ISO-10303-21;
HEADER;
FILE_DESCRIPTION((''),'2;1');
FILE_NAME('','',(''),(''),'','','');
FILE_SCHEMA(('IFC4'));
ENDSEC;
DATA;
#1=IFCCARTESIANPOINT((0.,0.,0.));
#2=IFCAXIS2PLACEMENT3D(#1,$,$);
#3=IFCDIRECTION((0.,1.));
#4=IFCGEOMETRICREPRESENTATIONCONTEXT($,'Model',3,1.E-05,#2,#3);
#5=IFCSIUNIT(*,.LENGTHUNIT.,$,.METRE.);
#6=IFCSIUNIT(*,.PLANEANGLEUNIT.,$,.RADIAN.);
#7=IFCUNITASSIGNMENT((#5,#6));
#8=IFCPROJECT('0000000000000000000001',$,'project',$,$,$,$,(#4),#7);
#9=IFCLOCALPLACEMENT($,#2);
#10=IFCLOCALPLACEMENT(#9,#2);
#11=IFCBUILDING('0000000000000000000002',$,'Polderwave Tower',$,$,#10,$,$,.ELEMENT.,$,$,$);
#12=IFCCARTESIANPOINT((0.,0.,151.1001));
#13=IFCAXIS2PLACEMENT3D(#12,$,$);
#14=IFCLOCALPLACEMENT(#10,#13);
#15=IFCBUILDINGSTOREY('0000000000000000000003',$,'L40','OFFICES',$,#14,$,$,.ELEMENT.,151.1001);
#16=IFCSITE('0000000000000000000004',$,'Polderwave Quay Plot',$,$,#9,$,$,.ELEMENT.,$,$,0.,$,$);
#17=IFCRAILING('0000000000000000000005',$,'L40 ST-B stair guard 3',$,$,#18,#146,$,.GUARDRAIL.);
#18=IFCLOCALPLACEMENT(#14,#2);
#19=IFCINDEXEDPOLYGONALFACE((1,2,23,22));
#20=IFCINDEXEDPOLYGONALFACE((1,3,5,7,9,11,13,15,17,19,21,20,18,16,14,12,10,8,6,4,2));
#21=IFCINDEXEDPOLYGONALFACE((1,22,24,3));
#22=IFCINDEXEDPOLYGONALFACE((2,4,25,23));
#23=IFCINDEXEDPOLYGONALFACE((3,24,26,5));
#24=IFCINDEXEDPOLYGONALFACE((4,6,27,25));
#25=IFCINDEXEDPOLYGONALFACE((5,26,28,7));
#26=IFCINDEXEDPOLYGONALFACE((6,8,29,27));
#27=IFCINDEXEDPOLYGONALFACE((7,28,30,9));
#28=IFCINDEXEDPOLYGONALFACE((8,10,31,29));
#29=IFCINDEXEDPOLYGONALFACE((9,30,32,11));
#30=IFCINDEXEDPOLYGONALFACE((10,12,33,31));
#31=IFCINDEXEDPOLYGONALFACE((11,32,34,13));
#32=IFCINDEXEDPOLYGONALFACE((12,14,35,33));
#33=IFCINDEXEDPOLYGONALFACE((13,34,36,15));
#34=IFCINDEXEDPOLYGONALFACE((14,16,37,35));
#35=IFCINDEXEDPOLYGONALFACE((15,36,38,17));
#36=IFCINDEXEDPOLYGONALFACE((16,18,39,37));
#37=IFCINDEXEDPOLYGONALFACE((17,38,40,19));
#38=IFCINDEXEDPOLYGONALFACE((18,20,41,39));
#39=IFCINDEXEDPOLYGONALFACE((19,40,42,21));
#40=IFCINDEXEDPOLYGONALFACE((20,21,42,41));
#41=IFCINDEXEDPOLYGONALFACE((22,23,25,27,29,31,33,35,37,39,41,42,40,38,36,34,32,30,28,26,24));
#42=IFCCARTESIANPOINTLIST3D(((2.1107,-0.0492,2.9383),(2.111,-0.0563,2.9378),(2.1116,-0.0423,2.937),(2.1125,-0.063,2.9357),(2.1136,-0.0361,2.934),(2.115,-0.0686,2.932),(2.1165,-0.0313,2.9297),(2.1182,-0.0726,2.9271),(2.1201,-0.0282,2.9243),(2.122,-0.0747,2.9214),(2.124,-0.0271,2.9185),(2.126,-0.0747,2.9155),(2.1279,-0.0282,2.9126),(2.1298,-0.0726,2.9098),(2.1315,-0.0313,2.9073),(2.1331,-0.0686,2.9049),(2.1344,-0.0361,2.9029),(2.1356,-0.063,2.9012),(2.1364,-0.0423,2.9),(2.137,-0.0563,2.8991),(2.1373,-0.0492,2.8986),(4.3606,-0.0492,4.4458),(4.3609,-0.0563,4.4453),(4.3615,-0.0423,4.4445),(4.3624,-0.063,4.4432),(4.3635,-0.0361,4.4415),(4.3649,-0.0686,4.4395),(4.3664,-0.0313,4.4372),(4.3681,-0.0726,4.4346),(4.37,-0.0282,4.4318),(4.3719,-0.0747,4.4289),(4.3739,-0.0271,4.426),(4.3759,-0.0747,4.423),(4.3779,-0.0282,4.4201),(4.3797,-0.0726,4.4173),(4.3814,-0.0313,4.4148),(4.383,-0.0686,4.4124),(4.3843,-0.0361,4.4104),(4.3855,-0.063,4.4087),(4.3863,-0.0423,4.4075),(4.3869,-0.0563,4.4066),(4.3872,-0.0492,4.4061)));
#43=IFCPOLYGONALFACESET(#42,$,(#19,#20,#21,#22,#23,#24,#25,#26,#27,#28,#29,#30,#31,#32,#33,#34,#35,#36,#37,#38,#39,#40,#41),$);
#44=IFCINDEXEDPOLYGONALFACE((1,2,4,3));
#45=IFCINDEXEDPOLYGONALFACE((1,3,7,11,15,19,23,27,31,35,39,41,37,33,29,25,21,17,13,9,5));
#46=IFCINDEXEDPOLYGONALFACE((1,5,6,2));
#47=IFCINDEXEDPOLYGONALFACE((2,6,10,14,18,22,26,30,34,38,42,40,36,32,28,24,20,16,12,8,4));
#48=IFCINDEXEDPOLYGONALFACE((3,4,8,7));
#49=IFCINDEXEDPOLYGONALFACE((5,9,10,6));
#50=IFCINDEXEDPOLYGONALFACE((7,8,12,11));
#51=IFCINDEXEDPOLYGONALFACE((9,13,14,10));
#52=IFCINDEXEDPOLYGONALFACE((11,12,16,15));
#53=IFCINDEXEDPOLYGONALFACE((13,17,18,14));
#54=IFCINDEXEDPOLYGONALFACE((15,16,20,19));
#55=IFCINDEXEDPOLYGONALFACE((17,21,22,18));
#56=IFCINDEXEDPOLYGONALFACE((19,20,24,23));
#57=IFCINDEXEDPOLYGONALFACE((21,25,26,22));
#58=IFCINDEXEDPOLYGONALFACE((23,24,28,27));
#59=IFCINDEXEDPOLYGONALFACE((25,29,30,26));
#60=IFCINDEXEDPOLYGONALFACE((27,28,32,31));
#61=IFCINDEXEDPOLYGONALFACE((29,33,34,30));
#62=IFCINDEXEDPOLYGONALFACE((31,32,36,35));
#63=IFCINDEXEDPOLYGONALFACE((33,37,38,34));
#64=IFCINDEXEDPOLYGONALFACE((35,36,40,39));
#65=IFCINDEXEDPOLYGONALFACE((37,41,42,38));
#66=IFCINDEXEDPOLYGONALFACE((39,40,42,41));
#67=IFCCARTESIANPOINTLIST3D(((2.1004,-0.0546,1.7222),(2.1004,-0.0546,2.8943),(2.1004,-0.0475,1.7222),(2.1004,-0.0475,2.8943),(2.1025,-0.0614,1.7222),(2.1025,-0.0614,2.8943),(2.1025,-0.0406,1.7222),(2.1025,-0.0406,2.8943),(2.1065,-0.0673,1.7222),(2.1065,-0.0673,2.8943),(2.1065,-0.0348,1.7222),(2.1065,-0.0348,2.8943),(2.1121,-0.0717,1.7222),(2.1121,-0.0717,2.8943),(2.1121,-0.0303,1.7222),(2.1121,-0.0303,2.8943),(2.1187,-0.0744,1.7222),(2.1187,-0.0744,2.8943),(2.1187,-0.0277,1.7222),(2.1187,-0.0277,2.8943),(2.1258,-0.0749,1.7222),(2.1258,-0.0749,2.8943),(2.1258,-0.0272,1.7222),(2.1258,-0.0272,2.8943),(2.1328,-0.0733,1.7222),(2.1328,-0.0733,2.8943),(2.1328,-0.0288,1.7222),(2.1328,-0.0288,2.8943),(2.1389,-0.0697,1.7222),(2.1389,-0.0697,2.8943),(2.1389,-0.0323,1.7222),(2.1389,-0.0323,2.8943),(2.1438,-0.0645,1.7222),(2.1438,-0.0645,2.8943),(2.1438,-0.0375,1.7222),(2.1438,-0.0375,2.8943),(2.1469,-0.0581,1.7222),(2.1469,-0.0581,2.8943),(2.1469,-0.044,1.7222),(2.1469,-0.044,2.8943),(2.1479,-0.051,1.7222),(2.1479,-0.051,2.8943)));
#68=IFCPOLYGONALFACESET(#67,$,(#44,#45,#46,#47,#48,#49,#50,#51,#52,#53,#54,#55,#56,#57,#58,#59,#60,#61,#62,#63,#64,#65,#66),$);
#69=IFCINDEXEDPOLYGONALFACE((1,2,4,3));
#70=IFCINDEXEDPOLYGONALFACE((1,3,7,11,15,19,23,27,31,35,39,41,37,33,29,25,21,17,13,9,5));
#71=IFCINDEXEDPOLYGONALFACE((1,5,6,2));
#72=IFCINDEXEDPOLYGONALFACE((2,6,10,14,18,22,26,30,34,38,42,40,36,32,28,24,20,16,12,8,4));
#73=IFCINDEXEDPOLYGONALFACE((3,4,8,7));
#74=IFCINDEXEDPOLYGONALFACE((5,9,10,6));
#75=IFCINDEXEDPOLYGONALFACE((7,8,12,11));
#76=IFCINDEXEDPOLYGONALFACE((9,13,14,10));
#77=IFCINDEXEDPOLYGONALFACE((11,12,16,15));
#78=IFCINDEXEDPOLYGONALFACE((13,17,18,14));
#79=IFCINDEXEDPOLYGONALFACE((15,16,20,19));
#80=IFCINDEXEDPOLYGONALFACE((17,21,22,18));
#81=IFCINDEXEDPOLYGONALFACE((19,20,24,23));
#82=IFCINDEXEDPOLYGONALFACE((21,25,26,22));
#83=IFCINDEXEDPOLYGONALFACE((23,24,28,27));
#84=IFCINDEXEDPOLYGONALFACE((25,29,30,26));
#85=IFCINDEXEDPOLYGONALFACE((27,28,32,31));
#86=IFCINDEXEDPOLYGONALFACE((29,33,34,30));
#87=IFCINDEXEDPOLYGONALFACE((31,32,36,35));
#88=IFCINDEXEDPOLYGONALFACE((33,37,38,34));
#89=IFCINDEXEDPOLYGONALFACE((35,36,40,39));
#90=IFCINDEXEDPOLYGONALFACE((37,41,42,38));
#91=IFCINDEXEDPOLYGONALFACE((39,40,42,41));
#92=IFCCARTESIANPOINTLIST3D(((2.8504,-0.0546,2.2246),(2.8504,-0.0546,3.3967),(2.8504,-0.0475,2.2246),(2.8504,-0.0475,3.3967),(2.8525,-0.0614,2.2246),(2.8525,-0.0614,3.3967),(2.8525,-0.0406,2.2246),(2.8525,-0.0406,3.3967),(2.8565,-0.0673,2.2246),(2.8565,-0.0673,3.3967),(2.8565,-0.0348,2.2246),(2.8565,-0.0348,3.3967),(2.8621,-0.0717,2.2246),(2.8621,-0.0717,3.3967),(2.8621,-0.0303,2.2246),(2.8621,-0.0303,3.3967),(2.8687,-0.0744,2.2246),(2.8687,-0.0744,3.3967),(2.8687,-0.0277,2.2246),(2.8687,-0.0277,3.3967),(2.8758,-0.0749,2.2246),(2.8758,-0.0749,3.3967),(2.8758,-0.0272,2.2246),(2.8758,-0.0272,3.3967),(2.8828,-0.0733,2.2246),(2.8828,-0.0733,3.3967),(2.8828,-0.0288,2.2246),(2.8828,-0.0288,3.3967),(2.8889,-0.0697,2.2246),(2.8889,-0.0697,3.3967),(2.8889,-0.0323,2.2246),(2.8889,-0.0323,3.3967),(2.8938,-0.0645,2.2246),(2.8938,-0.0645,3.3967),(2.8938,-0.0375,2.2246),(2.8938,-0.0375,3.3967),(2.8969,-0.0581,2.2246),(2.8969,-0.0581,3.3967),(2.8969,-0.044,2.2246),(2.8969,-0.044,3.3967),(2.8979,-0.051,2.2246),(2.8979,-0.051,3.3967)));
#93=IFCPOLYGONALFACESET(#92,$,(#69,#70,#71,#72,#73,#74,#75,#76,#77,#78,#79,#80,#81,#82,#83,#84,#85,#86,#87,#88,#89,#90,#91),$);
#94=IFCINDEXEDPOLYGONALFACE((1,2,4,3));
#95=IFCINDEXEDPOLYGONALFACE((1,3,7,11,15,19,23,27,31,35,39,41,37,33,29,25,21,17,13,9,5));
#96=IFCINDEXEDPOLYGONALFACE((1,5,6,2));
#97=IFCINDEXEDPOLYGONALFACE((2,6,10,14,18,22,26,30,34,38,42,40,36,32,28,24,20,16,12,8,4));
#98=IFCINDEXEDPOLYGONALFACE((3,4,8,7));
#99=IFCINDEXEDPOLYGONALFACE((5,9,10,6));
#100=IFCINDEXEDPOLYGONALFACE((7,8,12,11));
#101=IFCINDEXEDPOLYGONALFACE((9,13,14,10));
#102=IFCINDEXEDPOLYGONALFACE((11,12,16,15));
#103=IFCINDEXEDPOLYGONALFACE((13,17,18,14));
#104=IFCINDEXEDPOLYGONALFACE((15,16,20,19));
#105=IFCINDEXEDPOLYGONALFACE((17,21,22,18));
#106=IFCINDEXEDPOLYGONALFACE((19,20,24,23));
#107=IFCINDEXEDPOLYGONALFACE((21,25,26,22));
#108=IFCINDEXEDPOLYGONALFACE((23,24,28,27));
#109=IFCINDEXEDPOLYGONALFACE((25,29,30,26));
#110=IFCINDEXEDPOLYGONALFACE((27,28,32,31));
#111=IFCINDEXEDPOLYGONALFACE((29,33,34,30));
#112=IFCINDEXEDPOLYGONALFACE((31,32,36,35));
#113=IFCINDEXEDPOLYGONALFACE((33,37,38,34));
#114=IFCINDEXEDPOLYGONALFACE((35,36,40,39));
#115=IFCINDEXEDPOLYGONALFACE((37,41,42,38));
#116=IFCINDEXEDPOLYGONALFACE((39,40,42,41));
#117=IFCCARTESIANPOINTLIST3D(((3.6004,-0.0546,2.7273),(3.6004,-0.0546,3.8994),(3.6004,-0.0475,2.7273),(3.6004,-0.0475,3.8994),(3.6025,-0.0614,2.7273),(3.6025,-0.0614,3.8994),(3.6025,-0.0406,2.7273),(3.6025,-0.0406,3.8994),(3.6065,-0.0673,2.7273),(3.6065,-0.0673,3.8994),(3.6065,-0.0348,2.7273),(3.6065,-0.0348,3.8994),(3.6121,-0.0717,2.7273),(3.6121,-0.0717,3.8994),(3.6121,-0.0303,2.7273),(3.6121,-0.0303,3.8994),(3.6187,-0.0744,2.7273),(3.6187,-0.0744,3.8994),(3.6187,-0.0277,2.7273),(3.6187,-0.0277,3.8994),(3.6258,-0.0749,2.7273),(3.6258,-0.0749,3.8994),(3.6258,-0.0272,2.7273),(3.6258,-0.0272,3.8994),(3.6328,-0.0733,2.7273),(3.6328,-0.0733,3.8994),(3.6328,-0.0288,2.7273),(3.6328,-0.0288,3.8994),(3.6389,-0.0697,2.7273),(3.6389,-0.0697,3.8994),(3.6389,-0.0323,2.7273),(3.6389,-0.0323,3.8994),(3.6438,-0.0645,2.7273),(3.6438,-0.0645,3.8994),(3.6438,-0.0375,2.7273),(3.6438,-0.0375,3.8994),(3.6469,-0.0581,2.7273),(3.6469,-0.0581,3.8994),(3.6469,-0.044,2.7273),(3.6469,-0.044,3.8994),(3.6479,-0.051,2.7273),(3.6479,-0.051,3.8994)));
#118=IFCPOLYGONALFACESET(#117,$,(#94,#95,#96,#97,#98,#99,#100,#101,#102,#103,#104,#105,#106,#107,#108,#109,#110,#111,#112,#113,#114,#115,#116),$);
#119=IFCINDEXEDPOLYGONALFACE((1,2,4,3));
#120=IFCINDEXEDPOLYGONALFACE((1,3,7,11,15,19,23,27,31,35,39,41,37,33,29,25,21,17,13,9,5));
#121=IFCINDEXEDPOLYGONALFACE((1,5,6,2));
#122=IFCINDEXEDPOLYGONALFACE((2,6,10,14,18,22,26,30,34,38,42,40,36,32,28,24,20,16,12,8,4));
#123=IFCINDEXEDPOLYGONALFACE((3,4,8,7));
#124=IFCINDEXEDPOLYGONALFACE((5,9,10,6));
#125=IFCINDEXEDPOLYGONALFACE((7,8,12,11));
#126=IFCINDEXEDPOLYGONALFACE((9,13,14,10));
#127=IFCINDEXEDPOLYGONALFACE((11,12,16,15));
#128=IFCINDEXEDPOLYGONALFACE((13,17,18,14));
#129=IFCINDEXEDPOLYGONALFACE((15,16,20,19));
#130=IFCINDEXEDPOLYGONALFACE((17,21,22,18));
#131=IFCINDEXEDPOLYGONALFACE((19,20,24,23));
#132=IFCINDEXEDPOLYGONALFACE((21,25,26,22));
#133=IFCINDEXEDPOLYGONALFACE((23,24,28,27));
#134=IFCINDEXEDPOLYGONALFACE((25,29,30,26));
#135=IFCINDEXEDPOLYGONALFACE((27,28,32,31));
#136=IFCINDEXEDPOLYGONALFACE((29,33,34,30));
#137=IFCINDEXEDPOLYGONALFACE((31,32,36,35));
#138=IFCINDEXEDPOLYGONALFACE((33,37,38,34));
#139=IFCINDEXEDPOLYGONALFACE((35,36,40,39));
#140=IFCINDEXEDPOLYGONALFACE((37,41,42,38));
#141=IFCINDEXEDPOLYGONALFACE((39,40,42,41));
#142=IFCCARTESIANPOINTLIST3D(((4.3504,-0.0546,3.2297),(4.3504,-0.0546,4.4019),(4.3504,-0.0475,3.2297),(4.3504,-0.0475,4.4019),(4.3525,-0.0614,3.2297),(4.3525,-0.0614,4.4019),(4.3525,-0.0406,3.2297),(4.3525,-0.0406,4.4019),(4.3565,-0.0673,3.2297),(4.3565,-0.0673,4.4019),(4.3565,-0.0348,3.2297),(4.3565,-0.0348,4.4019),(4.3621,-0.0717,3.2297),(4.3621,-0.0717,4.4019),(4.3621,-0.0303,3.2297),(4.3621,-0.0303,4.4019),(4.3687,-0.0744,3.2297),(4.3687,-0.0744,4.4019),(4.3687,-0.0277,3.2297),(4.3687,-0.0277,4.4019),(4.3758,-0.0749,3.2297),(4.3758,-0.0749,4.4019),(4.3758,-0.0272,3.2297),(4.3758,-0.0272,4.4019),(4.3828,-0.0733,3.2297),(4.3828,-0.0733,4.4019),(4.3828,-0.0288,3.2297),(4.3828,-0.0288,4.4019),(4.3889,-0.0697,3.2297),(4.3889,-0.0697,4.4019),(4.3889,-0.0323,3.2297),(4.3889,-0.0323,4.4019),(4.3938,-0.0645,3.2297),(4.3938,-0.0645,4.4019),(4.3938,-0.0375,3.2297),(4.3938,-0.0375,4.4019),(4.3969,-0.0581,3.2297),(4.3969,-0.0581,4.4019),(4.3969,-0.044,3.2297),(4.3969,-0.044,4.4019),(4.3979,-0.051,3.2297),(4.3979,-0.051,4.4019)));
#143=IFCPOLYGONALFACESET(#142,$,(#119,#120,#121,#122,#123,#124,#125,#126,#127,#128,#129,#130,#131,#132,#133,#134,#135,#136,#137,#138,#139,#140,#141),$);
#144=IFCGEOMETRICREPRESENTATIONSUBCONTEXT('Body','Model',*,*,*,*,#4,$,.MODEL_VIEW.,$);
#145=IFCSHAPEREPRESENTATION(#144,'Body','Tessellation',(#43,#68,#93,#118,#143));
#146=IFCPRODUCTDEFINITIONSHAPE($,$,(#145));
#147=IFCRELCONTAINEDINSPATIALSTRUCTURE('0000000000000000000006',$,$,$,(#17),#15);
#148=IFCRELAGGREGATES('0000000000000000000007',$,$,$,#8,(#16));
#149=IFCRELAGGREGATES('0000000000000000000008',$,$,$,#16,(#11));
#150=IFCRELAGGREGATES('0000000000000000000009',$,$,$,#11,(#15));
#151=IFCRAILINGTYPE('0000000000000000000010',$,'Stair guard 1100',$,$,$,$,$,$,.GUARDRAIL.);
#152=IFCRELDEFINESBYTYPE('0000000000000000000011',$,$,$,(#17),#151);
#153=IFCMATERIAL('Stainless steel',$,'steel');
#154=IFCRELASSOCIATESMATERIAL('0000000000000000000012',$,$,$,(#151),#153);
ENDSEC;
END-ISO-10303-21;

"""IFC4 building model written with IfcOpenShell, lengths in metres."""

from ifc_helpers import new_model, si_unit, direction, frame, origin, origin_2d, place, context, subcontext, project, spatial, circle, extrude, material, type_object, element, save


model = new_model("IFC4")

# Units and contexts
model_context = context("Model", 3, precision=1e-05, world=origin(), true_north=direction((0.0, 1.0)))
body_context = subcontext(model_context, "Body", "Model", "MODEL_VIEW")
ifc_project = project(units=[si_unit("LENGTHUNIT", "METRE"), si_unit("PLANEANGLEUNIT", "RADIAN")], contexts=[model_context])

# Site, building, storey
site_placement = place(None, origin())
site = spatial("IfcSite", under=ifc_project, at=site_placement, Name="Polderwave Quay Plot", CompositionType="ELEMENT", RefElevation=0.0)
building_placement = place(site_placement, origin())
building = spatial("IfcBuilding", under=site, at=building_placement, Name="Polderwave Tower", CompositionType="ELEMENT")
storey_placement = place(building_placement, frame((0.0, 0.0, 151.1001)))
storey = spatial("IfcBuildingStorey", under=building, at=storey_placement, Name="L40", Description="OFFICES", CompositionType="ELEMENT", Elevation=151.1001)

# Railing
ifc_material_1 = material(Name="Stainless steel", Category="steel")
railing_type_1 = type_object("IfcRailingType", Name="Stair guard 1100", PredefinedType="GUARDRAIL", material=ifc_material_1)
railing_1_placement = place(storey_placement, frame((2.124, -0.051, 1.7222)))
element("IfcRailing", 1, at=railing_1_placement, inside=storey, type_object=railing_type_1, Name="L40 ST-B stair guard 3", PredefinedType="GUARDRAIL", context=body_context, shape_type="SweptSolid", body=[
    extrude(circle(Radius=0.0239, at=origin_2d()), frame((0.0, 0.0, 1.1963), z_axis=(0.830758, 0.0, 0.556633), x_axis=(0.0, 1.0, 0.0)), (0.0, 0.0, 1.0), 2.7083),
    extrude(circle(Radius=0.0239, at=origin_2d()), origin(), (0.0, 0.0, 1.0), 1.1721),
    extrude(circle(Radius=0.0239, at=origin_2d()), frame((0.75, 0.0, 0.5024)), (0.0, 0.0, 1.0), 1.1721),
    extrude(circle(Radius=0.0239, at=origin_2d()), frame((1.5, 0.0, 1.0051)), (0.0, 0.0, 1.0), 1.1721),
    extrude(circle(Radius=0.0239, at=origin_2d()), frame((2.25, 0.0, 1.5076)), (0.0, 0.0, 1.0), 1.1721),
])

save(model, "model.ifc")
